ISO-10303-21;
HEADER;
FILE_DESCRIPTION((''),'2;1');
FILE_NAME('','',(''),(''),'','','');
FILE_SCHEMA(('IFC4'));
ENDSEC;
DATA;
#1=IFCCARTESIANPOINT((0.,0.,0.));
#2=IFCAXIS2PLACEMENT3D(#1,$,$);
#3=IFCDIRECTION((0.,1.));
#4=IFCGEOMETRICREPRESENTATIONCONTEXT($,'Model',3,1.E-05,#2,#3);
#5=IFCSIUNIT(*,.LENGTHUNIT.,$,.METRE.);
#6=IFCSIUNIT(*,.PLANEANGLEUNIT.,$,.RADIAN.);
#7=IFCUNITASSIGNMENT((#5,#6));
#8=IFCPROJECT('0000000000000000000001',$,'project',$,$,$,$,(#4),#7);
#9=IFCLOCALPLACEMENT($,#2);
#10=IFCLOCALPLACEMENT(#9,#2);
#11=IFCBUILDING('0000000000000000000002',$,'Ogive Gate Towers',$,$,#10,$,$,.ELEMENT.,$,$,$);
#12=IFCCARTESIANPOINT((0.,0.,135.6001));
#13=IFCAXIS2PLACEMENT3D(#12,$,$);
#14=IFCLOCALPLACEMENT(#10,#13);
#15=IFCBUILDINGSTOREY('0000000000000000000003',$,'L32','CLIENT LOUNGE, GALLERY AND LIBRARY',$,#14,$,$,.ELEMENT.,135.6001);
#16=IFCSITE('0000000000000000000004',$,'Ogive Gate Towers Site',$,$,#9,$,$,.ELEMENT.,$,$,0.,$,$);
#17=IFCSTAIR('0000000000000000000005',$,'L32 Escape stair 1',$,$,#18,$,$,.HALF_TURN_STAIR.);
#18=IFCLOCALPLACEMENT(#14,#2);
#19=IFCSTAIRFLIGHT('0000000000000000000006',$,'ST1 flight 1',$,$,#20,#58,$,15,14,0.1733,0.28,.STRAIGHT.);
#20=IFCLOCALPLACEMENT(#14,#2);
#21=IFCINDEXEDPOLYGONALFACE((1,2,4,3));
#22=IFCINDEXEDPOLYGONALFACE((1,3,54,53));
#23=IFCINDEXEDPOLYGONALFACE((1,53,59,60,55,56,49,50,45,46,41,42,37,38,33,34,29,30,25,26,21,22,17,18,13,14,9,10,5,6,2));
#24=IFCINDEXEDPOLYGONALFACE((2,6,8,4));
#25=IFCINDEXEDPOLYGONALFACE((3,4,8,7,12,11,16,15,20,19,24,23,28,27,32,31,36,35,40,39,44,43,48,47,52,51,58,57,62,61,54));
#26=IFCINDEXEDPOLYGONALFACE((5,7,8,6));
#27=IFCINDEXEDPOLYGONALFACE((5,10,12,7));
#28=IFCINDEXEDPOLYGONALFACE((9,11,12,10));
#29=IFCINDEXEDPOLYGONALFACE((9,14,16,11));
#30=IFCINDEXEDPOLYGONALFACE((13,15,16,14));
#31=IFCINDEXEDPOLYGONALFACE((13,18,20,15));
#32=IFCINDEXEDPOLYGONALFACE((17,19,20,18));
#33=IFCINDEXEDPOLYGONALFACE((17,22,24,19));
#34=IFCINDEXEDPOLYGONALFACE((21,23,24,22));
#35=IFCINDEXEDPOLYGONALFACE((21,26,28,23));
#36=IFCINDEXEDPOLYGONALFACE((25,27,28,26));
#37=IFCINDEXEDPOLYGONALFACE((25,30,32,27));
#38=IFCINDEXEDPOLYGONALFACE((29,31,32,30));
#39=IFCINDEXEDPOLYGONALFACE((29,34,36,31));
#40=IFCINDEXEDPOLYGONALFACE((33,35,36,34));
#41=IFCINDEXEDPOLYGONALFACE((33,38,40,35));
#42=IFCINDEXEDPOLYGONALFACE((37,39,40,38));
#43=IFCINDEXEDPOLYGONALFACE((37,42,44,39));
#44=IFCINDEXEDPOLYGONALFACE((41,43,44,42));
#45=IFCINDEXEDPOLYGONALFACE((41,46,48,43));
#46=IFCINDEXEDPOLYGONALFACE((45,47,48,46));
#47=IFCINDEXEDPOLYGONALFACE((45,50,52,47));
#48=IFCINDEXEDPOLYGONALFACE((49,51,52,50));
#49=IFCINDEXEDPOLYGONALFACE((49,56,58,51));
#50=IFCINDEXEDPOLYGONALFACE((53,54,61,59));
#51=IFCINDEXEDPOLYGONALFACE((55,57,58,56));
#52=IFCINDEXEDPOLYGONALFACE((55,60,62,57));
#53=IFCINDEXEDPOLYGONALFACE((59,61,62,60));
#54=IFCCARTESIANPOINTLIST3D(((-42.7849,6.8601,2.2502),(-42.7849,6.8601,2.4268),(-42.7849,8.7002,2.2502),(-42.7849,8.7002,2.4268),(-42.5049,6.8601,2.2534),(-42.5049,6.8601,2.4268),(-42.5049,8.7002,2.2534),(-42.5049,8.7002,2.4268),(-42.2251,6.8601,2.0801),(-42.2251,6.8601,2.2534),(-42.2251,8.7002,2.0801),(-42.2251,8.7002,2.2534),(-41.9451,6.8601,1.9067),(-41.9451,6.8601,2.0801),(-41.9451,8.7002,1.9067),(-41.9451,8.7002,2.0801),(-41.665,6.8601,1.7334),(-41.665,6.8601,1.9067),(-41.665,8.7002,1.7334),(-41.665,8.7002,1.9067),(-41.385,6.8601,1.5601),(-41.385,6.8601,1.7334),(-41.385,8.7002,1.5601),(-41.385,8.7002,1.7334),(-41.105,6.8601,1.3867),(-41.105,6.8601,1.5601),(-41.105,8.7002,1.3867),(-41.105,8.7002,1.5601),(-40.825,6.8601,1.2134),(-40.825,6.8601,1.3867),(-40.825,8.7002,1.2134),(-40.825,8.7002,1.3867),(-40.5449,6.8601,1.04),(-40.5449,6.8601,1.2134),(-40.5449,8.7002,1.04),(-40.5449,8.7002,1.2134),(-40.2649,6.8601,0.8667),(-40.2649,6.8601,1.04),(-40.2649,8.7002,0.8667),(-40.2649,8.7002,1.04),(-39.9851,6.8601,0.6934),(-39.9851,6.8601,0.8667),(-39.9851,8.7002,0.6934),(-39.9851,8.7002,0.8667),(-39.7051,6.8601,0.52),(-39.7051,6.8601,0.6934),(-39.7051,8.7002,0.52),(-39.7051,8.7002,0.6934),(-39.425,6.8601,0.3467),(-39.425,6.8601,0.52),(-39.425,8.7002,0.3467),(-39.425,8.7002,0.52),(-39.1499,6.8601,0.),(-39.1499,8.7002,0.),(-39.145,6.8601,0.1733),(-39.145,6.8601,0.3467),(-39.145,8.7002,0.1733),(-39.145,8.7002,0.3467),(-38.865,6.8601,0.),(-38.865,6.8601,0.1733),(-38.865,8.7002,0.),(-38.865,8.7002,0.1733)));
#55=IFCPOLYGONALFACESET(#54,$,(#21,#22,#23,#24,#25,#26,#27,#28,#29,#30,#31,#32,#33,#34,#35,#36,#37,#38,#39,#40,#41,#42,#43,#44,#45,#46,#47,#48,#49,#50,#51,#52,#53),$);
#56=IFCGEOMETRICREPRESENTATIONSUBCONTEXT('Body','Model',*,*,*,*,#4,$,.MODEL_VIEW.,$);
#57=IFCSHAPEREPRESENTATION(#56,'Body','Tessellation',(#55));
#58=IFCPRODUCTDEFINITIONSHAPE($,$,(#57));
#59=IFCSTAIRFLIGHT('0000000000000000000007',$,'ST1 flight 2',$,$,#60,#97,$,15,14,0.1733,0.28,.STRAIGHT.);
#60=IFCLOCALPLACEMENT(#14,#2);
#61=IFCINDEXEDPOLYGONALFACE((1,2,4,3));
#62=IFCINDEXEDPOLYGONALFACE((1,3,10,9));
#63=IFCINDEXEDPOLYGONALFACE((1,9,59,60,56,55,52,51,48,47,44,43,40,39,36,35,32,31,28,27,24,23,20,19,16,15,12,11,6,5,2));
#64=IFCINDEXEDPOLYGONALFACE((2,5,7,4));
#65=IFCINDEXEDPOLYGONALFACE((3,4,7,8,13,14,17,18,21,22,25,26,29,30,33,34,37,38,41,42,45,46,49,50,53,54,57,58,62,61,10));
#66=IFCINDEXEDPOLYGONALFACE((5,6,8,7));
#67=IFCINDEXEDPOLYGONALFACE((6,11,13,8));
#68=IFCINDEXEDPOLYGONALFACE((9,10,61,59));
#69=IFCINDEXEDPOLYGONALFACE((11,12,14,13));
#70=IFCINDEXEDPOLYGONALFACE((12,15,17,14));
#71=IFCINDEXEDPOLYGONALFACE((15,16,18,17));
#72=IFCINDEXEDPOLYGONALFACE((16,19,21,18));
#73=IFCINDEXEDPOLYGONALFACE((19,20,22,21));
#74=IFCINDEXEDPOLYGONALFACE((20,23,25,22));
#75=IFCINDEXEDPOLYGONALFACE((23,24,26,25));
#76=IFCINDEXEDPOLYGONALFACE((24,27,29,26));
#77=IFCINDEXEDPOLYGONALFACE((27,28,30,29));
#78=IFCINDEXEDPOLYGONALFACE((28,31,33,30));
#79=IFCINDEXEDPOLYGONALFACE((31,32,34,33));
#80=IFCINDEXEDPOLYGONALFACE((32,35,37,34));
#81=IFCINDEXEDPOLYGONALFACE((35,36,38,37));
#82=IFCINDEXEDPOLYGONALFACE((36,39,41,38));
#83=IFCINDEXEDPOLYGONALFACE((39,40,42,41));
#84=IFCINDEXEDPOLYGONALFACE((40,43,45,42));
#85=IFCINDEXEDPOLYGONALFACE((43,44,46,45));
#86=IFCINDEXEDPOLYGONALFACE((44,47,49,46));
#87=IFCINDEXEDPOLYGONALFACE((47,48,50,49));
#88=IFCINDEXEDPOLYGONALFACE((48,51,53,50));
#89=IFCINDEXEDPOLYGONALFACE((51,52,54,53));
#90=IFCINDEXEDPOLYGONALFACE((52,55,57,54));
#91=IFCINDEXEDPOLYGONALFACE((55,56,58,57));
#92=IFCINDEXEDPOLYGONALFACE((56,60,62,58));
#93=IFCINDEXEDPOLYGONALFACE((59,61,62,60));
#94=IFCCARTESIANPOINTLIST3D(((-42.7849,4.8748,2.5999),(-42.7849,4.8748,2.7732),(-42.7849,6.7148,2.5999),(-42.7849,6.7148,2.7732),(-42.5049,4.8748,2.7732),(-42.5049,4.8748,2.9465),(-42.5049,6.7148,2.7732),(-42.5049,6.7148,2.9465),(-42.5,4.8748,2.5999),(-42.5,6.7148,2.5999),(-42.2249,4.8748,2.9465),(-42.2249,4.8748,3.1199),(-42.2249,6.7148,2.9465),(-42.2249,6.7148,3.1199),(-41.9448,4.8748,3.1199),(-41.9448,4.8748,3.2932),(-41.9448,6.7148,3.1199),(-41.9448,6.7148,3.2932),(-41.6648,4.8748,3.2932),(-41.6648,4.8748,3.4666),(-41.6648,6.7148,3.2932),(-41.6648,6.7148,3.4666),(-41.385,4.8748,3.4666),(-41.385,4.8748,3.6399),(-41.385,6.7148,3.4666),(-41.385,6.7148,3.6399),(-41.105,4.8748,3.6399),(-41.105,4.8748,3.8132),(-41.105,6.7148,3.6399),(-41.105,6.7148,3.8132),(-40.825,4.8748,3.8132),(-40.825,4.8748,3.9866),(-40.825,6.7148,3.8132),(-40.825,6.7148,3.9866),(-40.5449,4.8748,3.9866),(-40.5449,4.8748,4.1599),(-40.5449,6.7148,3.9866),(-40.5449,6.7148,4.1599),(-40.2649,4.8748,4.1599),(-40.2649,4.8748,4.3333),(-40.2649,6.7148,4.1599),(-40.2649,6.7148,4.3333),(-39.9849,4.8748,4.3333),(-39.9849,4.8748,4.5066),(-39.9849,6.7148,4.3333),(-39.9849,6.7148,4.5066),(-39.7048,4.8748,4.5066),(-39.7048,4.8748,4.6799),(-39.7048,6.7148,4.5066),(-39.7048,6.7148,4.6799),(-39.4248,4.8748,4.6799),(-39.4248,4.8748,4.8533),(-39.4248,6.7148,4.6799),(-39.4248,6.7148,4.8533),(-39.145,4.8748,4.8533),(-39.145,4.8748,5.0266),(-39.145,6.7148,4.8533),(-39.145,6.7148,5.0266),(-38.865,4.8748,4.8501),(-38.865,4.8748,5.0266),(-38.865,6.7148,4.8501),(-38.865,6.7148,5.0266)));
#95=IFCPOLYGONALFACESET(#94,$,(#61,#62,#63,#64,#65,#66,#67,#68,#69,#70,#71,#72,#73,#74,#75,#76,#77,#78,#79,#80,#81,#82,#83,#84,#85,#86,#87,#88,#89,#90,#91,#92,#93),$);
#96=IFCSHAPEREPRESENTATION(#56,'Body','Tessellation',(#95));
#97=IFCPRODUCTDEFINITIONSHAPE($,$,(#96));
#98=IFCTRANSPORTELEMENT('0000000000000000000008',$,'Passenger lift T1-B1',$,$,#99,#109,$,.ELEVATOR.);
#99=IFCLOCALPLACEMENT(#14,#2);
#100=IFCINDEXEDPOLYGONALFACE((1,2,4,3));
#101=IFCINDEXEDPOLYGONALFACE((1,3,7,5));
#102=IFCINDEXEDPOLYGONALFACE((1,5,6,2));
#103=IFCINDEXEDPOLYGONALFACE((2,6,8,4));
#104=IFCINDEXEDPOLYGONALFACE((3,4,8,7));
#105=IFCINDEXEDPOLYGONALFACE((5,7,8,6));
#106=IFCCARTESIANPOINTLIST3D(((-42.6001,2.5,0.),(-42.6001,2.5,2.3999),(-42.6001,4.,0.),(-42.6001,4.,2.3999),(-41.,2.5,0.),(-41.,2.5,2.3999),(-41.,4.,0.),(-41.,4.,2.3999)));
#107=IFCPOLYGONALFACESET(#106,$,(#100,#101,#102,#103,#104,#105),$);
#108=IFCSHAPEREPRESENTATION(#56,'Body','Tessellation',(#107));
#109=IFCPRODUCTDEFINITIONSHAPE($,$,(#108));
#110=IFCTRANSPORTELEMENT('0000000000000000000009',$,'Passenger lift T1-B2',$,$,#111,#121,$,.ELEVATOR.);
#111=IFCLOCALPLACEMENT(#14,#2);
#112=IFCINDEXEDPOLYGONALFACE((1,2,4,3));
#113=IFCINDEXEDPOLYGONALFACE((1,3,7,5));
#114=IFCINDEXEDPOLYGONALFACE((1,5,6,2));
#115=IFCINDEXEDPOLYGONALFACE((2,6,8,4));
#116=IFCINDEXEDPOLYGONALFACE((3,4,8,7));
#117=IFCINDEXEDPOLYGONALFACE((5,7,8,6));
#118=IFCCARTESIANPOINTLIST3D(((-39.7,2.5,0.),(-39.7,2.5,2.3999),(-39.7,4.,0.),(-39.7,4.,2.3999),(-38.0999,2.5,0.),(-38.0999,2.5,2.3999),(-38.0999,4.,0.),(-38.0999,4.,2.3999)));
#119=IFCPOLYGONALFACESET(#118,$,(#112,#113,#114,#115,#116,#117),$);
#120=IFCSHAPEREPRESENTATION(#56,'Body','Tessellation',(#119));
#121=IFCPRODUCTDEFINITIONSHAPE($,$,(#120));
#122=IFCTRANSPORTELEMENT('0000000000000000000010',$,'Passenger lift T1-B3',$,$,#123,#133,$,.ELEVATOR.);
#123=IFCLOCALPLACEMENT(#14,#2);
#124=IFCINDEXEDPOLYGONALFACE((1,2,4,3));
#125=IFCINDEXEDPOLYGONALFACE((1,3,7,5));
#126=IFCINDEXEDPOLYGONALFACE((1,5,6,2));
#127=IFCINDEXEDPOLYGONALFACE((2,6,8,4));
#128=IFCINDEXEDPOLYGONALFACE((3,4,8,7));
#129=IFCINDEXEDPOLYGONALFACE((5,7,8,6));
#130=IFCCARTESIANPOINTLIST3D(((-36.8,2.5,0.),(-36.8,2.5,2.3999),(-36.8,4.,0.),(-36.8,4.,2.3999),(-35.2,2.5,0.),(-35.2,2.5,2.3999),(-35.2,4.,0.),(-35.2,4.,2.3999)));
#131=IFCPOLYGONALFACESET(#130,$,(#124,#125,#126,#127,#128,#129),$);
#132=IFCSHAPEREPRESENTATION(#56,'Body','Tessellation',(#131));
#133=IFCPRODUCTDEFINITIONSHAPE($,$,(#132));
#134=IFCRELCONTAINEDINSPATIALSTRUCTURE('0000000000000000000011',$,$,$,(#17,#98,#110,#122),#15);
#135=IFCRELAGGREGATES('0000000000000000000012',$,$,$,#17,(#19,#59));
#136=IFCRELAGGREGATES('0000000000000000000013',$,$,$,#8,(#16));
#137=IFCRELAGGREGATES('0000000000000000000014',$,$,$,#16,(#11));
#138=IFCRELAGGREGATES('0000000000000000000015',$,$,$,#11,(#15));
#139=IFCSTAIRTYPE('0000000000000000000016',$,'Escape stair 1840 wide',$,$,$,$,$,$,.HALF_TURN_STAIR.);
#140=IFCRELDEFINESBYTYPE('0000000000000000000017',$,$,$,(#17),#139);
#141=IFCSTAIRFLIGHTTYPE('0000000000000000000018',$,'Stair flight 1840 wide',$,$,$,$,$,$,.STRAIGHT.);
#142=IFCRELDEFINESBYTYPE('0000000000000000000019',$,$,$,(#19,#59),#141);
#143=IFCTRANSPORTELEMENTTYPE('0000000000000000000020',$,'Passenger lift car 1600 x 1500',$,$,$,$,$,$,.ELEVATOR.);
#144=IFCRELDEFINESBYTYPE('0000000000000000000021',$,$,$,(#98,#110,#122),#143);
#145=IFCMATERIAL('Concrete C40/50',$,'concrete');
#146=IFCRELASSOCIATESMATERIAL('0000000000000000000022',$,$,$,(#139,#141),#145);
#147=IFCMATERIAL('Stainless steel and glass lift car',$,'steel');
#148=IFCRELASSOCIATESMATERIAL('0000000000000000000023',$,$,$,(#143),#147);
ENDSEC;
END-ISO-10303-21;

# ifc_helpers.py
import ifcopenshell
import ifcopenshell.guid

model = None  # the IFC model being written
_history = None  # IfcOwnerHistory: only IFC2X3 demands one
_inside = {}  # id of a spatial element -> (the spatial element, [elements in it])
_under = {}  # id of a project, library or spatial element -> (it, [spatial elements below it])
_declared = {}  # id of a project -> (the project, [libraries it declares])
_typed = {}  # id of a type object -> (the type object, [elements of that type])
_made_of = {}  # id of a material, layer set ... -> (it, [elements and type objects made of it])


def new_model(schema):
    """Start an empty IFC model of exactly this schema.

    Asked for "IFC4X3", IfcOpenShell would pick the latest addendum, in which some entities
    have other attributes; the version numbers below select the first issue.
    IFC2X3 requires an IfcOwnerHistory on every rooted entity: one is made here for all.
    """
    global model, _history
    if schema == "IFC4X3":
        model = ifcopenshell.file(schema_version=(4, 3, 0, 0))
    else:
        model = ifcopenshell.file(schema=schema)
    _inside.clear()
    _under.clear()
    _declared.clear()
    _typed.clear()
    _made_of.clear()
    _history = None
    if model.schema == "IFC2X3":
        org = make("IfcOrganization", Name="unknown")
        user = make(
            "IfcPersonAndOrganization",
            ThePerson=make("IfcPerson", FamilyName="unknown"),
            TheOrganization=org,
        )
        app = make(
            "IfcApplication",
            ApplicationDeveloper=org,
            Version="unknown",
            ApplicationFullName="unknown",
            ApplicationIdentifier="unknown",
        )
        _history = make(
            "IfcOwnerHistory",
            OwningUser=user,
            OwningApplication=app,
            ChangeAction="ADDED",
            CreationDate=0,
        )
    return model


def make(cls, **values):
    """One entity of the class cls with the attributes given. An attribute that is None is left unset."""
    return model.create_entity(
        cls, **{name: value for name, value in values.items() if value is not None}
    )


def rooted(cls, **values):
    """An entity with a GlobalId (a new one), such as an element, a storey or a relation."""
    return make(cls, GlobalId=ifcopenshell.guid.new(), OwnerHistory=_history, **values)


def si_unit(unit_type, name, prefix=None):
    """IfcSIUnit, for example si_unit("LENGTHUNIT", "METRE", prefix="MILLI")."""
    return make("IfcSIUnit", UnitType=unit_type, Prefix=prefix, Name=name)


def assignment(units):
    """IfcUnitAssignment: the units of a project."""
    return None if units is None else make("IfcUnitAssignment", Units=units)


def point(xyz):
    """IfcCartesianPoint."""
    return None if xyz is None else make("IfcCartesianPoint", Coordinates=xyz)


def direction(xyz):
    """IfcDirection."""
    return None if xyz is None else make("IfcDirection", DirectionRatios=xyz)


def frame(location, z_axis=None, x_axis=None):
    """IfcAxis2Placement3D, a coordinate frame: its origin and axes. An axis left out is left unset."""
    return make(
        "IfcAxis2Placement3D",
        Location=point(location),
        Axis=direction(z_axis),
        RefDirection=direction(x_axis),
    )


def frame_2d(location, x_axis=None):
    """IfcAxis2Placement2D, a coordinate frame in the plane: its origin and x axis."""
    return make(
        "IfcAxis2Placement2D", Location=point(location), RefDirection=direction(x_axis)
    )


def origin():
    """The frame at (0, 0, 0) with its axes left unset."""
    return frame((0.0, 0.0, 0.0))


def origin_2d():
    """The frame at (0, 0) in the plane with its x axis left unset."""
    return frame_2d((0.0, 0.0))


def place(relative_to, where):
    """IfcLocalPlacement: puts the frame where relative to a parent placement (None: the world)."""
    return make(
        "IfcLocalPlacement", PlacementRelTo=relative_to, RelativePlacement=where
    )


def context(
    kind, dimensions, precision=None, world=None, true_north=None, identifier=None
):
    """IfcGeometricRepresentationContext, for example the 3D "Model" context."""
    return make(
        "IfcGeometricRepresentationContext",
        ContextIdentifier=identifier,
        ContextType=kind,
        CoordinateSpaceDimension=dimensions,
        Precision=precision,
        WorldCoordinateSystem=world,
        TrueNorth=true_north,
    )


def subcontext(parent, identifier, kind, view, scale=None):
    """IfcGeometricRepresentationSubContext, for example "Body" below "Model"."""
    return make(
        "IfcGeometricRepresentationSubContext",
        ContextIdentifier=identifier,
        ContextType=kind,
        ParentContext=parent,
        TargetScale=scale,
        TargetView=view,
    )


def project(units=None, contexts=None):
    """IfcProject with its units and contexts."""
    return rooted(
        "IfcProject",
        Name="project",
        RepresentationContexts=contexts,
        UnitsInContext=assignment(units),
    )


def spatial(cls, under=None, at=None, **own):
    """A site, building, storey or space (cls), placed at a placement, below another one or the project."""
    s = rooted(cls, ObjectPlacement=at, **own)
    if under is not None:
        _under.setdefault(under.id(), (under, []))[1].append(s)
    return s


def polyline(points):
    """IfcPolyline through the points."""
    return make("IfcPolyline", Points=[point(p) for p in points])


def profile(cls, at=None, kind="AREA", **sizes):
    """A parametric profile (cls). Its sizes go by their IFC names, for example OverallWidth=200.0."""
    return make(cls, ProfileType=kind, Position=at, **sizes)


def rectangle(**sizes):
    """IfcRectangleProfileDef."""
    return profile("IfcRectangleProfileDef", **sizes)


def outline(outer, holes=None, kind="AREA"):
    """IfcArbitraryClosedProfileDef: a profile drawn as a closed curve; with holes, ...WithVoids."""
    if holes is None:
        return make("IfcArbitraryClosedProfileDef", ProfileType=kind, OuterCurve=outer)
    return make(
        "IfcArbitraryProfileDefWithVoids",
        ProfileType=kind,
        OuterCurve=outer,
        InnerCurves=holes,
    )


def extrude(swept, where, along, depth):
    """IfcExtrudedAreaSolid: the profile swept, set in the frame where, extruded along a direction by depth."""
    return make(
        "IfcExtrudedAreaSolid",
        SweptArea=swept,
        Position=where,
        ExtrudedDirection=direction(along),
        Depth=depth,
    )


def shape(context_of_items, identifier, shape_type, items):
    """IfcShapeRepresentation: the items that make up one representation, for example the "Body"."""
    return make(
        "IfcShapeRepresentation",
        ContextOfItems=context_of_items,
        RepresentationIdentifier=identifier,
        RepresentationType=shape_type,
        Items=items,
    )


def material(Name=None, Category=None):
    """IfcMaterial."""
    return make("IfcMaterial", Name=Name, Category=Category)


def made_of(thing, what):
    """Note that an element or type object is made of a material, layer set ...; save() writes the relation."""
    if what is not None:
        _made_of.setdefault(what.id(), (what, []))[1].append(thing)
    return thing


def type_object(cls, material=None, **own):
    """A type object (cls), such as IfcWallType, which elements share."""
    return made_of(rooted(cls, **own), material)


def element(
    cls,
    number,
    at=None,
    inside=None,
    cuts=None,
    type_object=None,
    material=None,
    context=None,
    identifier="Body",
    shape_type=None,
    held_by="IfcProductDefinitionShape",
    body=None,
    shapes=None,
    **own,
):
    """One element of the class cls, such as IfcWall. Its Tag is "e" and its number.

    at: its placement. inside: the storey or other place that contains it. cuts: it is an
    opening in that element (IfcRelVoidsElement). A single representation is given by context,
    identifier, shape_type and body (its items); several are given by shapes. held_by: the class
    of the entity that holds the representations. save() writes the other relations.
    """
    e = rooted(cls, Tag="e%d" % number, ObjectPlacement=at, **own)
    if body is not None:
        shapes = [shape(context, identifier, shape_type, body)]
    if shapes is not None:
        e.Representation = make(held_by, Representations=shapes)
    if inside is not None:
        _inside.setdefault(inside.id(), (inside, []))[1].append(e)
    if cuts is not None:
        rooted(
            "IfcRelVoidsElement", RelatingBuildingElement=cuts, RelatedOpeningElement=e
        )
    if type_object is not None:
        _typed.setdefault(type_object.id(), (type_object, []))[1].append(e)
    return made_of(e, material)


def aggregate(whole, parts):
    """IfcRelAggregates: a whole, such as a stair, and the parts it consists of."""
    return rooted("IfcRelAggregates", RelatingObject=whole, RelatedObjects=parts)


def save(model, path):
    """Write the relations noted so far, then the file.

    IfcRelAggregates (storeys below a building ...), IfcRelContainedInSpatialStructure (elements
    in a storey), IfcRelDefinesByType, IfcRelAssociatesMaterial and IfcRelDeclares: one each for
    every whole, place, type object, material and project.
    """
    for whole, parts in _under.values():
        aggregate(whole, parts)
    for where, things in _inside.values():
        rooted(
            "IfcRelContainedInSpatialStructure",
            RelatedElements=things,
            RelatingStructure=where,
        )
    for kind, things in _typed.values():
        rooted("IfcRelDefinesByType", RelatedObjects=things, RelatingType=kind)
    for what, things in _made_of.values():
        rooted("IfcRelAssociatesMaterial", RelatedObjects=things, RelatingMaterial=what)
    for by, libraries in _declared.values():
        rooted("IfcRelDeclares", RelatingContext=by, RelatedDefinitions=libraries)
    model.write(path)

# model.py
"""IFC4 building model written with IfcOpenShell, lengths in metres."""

from ifc_helpers import new_model, si_unit, direction, frame, origin, origin_2d, place, context, subcontext, project, spatial, polyline, rectangle, outline, extrude, material, type_object, element, aggregate, save


model = new_model("IFC4")

# Units and contexts
model_context = context("Model", 3, precision=1e-05, world=origin(), true_north=direction((0.0, 1.0)))
body_context = subcontext(model_context, "Body", "Model", "MODEL_VIEW")
ifc_project = project(units=[si_unit("LENGTHUNIT", "METRE"), si_unit("PLANEANGLEUNIT", "RADIAN")], contexts=[model_context])

# Site, building, storey
site_placement = place(None, origin())
site = spatial("IfcSite", under=ifc_project, at=site_placement, Name="Ogive Gate Towers Site", CompositionType="ELEMENT", RefElevation=0.0)
building_placement = place(site_placement, origin())
building = spatial("IfcBuilding", under=site, at=building_placement, Name="Ogive Gate Towers", CompositionType="ELEMENT")
storey_placement = place(building_placement, frame((0.0, 0.0, 135.6001)))
storey = spatial("IfcBuildingStorey", under=building, at=storey_placement, Name="L32", Description="CLIENT LOUNGE, GALLERY AND LIBRARY", CompositionType="ELEMENT", Elevation=135.6001)

# Shared definitions
ifc_material_1 = material(Name="Concrete C40/50", Category="concrete")

# Stair, stair flights
stair_type = type_object("IfcStairType", Name="Escape stair 1840 wide", PredefinedType="HALF_TURN_STAIR", material=ifc_material_1)
stair_placement = place(storey_placement, origin())
stair = element("IfcStair", 1, at=stair_placement, inside=storey, type_object=stair_type, Name="L32 Escape stair 1", PredefinedType="HALF_TURN_STAIR")
stair_flight_type = type_object("IfcStairFlightType", Name="Stair flight 1840 wide", PredefinedType="STRAIGHT", material=ifc_material_1)
stair_flight_1_placement = place(storey_placement, frame((-38.865, 7.78, 0.0), z_axis=(0.0, 0.0, 1.0), x_axis=(-1.0, 0.0, 0.0)))
stair_flight_1 = element("IfcStairFlight", 2, at=stair_flight_1_placement, type_object=stair_flight_type, Name="ST1 flight 1", NumberOfRisers=15, NumberOfTreads=14, PredefinedType="STRAIGHT", RiserHeight=0.1733, TreadLength=0.28, context=body_context, shape_type="SweptSolid", body=[
    extrude(outline(polyline([(0.0, 0.0), (0.0, 0.1733), (0.28, 0.1733), (0.28, 0.3467), (0.5601, 0.3467), (0.5601, 0.52), (0.8401, 0.52), (0.8401, 0.6934), (1.1201, 0.6934), (1.1201, 0.8667), (1.3999, 0.8667), (1.3999, 1.04), (1.6799, 1.04), (1.6799, 1.2134), (1.96, 1.2134), (1.96, 1.3867), (2.24, 1.3867), (2.24, 1.5601), (2.52, 1.5601), (2.52, 1.7334), (2.8, 1.7334), (2.8, 1.9067), (3.0801, 1.9067), (3.0801, 2.0801), (3.3601, 2.0801), (3.3601, 2.2534), (3.6399, 2.2534), (3.6399, 2.4268), (3.9199, 2.4268), (3.9199, 2.6001), (3.9199, 2.2502), (0.2849, 0.0), (0.0, 0.0)])), frame((0.0, 0.9199, 0.0), z_axis=(0.0, -1.0, 0.0), x_axis=(1.0, 0.0, 0.0)), (0.0, 0.0, 1.0), 1.8401),
])
stair_flight_2_placement = place(storey_placement, frame((-42.7849, 5.7949, 2.5999), z_axis=(0.0, 0.0, 1.0), x_axis=(1.0, 0.0, 0.0)))
stair_flight_2 = element("IfcStairFlight", 3, at=stair_flight_2_placement, type_object=stair_flight_type, Name="ST1 flight 2", NumberOfRisers=15, NumberOfTreads=14, PredefinedType="STRAIGHT", RiserHeight=0.1733, TreadLength=0.28, context=body_context, shape_type="SweptSolid", body=[
    extrude(outline(polyline([(0.0, 0.0), (0.0, 0.1733), (0.28, 0.1733), (0.28, 0.3467), (0.5601, 0.3467), (0.5601, 0.52), (0.8401, 0.52), (0.8401, 0.6934), (1.1201, 0.6934), (1.1201, 0.8667), (1.3999, 0.8667), (1.3999, 1.04), (1.6799, 1.04), (1.6799, 1.2134), (1.96, 1.2134), (1.96, 1.3867), (2.24, 1.3867), (2.24, 1.5601), (2.52, 1.5601), (2.52, 1.7334), (2.8, 1.7334), (2.8, 1.9067), (3.0801, 1.9067), (3.0801, 2.0801), (3.3601, 2.0801), (3.3601, 2.2534), (3.6399, 2.2534), (3.6399, 2.4268), (3.9199, 2.4268), (3.9199, 2.6001), (3.9199, 2.2502), (0.2849, 0.0), (0.0, 0.0)])), frame((0.0, 0.9199, 0.0), z_axis=(0.0, -1.0, 0.0), x_axis=(1.0, 0.0, 0.0)), (0.0, 0.0, 1.0), 1.8401),
])
aggregate(stair, [stair_flight_1, stair_flight_2])

# Transport elements
ifc_material_2 = material(Name="Stainless steel and glass lift car", Category="steel")
transport_element_type = type_object("IfcTransportElementType", Name="Passenger lift car 1600 x 1500", PredefinedType="ELEVATOR", material=ifc_material_2)
for number, where, z_axis, x_axis, name in (
    (4, (-41.8, 3.25, 0.0), (0.0, 0.0, 1.0), (1.0, 0.0, 0.0), "Passenger lift T1-B1"),
    (5, (-38.8999, 3.25, 0.0), (0.0, 0.0, 1.0), (1.0, 0.0, 0.0), "Passenger lift T1-B2"),
    (6, (-36.0, 3.25, 0.0), (0.0, 0.0, 1.0), (1.0, 0.0, 0.0), "Passenger lift T1-B3"),
):
    element("IfcTransportElement", number, at=place(storey_placement, frame(where, z_axis=z_axis, x_axis=x_axis)), inside=storey, type_object=transport_element_type, Name=name, PredefinedType="ELEVATOR", context=body_context, shape_type="SweptSolid", body=[
        extrude(rectangle(XDim=1.6001, YDim=1.5, at=origin_2d()), origin(), (0.0, 0.0, 1.0), 2.3999),
    ])

save(model, "model.ifc")
